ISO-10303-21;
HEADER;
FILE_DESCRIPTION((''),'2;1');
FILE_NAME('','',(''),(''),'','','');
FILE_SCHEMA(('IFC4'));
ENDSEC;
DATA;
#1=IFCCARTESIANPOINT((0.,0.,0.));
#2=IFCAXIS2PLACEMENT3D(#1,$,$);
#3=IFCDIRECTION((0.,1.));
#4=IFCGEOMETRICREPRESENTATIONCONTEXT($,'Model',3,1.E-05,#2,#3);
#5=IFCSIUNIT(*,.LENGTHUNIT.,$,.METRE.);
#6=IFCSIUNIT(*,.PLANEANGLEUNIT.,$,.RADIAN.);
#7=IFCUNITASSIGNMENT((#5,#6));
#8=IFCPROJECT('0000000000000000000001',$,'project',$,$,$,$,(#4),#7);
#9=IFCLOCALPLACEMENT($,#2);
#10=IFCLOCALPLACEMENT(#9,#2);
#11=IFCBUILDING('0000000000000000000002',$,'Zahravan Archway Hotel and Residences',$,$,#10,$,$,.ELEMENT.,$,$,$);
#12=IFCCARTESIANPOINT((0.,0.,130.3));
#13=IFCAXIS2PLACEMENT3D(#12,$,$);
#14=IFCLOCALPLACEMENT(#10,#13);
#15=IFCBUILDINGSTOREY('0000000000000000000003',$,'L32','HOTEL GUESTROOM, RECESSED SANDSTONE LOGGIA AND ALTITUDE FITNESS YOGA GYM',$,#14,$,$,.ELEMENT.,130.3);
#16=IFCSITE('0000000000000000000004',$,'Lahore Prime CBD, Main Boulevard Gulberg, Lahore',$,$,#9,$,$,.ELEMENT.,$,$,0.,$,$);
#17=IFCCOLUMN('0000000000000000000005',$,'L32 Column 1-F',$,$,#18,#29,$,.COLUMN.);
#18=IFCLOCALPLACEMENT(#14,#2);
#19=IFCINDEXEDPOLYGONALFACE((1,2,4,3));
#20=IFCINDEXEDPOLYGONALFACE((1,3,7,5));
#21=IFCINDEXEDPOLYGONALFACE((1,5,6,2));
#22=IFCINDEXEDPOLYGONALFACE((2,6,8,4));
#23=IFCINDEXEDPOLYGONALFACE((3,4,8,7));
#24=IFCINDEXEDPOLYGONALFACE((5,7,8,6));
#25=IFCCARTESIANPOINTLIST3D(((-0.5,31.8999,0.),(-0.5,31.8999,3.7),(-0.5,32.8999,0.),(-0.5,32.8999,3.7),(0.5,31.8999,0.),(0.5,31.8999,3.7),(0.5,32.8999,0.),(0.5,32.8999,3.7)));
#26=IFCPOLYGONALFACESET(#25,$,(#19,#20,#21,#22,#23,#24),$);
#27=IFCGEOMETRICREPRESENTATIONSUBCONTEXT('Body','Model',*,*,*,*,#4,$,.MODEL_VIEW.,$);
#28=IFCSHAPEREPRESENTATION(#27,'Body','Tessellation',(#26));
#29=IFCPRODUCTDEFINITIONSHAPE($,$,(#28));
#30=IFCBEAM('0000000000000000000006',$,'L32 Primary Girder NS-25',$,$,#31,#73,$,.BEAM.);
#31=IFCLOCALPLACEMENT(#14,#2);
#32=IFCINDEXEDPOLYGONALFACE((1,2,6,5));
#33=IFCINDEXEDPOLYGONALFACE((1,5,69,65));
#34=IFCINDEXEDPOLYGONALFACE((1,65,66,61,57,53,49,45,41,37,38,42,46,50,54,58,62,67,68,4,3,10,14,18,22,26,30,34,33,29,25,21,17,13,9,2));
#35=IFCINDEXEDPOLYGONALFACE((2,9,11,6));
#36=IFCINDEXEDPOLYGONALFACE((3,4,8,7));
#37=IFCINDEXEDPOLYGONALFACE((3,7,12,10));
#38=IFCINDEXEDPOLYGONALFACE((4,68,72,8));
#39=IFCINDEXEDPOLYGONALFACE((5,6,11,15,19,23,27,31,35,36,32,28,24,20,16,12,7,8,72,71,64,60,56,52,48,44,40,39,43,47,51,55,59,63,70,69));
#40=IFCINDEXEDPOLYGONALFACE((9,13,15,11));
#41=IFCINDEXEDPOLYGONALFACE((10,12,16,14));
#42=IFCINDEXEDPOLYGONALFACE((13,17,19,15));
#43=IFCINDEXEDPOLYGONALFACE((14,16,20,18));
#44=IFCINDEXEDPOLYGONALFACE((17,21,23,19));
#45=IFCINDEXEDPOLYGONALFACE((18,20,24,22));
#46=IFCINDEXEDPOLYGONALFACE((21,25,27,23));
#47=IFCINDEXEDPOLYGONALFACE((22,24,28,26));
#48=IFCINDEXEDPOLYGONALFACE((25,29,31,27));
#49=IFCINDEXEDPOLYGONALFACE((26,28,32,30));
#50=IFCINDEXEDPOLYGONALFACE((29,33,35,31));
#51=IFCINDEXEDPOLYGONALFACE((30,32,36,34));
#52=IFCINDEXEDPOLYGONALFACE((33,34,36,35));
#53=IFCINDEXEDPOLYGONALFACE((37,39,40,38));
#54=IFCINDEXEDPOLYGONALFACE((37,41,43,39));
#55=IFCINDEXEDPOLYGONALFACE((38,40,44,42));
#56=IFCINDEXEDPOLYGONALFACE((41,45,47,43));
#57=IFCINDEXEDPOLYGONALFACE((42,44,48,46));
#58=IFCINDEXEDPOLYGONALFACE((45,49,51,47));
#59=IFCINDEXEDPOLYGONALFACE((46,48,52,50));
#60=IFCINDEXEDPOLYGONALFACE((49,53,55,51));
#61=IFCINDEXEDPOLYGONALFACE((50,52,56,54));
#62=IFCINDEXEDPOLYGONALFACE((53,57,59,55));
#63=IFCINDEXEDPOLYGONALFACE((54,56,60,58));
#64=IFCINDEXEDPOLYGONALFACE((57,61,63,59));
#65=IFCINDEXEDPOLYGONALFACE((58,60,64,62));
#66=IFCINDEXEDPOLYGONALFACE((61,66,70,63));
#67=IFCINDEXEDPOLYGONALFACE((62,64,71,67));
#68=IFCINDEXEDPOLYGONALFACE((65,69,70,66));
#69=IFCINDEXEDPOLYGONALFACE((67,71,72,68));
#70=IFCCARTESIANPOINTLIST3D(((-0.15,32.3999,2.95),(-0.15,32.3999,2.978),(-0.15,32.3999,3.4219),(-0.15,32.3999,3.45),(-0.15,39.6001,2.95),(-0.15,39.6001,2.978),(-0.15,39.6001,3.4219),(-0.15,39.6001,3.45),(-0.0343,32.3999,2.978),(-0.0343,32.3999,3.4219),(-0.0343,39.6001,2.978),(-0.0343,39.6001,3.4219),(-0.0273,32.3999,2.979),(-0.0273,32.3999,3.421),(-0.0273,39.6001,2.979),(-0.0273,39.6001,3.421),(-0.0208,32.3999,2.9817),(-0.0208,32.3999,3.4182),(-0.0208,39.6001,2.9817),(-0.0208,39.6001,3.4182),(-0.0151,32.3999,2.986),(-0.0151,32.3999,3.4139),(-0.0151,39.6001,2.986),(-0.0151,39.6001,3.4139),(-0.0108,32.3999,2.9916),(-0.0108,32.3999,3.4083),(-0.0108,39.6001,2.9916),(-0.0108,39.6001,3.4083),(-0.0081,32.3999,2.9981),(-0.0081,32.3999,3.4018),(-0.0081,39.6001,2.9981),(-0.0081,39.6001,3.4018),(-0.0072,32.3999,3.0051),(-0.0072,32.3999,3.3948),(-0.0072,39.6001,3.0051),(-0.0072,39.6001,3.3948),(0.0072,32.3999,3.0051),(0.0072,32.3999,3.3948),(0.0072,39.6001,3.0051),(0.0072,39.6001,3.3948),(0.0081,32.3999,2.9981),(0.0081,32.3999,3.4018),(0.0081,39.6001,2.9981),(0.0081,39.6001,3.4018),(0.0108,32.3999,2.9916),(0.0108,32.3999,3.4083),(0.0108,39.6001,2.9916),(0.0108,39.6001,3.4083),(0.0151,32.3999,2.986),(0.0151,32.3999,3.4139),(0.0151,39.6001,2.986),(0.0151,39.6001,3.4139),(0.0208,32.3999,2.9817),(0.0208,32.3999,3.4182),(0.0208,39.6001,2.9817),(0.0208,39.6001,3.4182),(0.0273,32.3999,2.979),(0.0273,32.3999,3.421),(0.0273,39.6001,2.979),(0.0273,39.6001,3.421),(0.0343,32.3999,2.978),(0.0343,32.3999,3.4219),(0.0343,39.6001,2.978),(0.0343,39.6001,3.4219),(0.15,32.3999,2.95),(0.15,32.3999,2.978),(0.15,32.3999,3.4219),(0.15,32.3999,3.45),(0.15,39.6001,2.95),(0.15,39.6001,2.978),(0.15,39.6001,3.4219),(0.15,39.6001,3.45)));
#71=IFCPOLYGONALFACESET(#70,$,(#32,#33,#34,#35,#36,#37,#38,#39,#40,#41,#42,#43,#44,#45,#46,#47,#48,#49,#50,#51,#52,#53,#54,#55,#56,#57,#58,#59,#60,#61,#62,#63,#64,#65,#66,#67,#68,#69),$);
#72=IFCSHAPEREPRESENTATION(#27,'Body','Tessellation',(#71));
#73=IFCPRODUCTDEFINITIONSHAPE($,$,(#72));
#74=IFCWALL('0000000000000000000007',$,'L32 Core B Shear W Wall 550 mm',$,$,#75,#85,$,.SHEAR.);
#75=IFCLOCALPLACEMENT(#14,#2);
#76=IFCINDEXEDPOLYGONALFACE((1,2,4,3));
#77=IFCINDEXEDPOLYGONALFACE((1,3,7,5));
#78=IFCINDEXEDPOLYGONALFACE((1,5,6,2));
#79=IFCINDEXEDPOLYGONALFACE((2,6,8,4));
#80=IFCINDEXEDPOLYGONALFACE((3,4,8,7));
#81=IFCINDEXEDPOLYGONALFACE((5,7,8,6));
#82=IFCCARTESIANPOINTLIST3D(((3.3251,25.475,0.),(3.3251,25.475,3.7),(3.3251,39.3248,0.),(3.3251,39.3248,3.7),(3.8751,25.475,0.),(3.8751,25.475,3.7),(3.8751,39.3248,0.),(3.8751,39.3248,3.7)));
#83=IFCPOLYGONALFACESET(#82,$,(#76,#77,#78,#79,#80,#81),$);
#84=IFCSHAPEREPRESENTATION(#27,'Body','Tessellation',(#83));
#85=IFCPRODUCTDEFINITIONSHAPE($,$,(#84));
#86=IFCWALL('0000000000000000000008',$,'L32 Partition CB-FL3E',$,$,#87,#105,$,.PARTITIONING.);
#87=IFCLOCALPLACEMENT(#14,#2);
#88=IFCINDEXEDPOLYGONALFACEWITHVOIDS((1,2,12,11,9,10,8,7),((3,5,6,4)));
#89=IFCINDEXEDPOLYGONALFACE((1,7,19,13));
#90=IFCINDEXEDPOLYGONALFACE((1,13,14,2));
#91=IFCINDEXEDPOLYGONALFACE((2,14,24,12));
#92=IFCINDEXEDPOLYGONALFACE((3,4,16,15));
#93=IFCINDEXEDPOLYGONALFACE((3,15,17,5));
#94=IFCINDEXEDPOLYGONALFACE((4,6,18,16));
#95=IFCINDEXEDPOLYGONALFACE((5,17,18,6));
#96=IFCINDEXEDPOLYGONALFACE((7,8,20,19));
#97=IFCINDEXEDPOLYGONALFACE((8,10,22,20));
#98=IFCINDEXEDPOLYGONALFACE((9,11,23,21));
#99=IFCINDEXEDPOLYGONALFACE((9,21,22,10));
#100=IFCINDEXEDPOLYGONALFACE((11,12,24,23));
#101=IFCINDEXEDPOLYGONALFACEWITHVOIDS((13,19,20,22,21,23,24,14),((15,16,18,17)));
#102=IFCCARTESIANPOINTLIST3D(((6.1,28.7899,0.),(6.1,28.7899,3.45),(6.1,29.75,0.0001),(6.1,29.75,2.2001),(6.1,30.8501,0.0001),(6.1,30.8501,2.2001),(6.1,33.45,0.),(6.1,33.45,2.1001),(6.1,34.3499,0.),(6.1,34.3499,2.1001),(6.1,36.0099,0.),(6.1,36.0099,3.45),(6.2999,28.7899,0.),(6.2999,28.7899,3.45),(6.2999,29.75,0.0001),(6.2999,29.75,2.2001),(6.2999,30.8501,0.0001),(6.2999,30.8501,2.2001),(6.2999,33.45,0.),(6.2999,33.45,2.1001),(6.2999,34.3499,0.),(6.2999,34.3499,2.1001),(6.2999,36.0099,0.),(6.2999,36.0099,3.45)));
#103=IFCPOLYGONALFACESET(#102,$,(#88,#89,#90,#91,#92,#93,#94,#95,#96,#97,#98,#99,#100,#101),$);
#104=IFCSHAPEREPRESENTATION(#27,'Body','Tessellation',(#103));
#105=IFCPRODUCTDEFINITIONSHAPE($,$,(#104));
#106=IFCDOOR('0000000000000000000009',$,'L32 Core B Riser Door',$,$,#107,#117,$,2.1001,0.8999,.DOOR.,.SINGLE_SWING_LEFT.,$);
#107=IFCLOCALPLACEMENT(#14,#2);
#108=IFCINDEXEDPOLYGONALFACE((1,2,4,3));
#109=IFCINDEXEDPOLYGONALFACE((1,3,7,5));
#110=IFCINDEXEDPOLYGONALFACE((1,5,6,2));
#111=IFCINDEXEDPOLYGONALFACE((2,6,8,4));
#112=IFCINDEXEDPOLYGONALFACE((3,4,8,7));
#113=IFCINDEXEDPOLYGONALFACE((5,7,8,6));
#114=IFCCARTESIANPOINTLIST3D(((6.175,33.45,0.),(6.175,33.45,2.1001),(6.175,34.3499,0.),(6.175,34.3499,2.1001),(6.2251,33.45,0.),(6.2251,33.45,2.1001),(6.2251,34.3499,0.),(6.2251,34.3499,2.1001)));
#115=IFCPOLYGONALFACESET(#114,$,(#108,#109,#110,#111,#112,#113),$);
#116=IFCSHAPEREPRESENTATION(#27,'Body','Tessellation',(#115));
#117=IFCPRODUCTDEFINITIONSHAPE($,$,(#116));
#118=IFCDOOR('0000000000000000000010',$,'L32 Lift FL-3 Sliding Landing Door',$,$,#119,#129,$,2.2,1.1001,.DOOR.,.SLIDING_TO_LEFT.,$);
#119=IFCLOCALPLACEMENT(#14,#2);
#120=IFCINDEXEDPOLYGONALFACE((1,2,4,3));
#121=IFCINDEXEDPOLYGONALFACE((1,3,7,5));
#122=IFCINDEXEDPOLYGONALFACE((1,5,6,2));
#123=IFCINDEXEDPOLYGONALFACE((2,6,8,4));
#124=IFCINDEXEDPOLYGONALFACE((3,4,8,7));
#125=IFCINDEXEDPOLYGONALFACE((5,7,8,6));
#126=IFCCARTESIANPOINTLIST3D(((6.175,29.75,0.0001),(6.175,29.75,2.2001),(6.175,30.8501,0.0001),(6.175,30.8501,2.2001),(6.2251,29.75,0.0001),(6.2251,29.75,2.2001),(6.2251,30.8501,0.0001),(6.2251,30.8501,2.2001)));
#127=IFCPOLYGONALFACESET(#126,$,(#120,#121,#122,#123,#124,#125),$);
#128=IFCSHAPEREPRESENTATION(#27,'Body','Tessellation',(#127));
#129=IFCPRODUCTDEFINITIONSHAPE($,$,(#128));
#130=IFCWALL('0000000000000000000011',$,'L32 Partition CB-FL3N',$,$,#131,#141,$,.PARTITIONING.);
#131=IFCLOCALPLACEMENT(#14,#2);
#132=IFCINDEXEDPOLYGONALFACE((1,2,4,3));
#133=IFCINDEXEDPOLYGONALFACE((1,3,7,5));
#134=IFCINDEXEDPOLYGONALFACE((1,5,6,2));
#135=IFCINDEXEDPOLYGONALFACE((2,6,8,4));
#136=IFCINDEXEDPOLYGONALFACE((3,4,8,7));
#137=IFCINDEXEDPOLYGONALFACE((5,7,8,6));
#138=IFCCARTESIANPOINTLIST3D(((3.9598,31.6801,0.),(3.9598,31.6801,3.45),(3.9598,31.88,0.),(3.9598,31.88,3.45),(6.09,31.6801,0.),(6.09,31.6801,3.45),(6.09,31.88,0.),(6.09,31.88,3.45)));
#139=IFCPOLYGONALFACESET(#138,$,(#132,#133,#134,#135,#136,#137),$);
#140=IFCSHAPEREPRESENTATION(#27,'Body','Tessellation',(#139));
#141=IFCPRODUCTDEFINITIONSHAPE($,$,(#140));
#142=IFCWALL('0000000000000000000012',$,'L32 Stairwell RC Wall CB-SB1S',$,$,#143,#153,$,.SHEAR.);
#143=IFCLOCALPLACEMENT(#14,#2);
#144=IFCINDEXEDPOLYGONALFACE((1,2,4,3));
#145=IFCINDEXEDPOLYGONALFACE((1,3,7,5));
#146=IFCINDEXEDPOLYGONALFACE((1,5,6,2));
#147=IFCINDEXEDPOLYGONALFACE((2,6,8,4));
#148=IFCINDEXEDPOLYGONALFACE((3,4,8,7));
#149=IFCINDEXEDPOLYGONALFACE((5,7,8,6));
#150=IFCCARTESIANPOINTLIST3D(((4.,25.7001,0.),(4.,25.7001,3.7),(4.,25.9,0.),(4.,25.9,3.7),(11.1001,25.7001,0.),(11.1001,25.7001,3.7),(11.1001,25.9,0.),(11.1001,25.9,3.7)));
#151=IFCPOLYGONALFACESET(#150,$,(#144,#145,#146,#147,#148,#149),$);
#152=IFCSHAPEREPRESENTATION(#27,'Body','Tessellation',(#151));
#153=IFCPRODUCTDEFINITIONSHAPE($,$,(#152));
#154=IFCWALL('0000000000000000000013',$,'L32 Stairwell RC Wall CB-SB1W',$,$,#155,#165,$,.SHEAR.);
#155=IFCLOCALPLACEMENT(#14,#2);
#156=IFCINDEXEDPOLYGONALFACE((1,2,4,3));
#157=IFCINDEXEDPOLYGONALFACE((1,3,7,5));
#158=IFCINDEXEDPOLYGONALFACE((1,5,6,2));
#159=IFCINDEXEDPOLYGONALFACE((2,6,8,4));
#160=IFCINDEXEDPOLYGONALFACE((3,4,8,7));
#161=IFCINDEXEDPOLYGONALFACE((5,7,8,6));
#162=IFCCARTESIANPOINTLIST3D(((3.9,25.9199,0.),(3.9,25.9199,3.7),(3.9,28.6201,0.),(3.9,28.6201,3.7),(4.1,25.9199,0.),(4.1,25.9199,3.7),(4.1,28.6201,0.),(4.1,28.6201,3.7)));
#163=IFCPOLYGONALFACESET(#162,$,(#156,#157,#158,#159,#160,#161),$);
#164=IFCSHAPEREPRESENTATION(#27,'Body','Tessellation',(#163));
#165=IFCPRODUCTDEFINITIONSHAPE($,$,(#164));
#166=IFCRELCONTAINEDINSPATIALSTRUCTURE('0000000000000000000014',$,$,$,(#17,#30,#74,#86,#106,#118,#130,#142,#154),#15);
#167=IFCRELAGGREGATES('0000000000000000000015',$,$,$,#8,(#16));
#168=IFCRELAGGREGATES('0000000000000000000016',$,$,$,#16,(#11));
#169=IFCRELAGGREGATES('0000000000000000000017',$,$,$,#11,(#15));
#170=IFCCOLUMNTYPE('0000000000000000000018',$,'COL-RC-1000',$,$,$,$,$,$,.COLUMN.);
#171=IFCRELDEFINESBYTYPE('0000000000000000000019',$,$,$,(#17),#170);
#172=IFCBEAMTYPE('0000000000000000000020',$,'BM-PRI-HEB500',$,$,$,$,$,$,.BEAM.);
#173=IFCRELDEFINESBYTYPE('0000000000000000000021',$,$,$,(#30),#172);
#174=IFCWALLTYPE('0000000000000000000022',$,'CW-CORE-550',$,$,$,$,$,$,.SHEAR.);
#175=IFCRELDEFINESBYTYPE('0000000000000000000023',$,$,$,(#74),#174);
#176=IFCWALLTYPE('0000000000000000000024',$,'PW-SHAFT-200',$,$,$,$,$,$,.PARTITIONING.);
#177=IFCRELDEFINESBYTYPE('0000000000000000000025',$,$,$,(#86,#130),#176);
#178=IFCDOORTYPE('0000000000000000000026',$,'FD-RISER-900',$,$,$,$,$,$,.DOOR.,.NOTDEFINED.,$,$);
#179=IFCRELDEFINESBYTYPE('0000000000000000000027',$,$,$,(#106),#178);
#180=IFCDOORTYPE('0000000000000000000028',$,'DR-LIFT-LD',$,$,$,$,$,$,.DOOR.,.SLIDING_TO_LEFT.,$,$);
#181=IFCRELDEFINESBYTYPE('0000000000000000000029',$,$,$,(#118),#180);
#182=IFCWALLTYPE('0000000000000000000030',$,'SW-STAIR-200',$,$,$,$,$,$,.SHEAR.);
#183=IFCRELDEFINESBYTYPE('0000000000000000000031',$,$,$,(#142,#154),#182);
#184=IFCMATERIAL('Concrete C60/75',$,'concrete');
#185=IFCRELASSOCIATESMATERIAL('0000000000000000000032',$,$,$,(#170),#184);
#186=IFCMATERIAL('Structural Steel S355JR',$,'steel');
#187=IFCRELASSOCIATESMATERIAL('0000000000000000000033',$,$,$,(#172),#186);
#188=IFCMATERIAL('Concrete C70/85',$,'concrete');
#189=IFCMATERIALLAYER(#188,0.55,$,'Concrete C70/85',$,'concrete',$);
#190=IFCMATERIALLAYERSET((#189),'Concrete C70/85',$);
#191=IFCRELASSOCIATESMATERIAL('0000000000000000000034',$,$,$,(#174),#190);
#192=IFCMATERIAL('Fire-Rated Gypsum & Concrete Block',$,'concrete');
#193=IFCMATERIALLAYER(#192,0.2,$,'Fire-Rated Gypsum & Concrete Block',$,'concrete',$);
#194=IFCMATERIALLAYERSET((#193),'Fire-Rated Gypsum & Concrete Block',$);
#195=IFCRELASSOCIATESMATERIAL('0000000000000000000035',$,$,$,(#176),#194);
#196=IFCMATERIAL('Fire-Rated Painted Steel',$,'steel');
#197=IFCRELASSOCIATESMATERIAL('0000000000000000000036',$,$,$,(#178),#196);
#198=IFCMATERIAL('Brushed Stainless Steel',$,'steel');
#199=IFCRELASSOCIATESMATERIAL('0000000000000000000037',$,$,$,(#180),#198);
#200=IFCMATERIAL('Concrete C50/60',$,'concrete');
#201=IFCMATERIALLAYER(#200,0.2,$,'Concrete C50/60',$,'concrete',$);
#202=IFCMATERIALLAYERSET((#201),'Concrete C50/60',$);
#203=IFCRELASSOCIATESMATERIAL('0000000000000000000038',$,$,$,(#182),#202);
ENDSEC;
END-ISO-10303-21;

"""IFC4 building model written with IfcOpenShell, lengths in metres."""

from ifc_helpers import new_model, si_unit, direction, frame, frame_2d, origin, origin_2d, place, context, subcontext, project, spatial, rectangle, i_section, extrude, source, transform, mapped, material, layer, layer_set, material_profile, profile_set, type_object, type_shapes, element, fill, save


model = new_model("IFC4")

# Units and contexts
model_context = context("Model", 3, precision=1e-05, world=origin(), true_north=direction((0.0, 1.0)))
body_context = subcontext(model_context, "Body", "Model", "MODEL_VIEW")
ifc_project = project(units=[si_unit("LENGTHUNIT", "METRE"), si_unit("PLANEANGLEUNIT", "RADIAN")], contexts=[model_context])

# Site, building, storey
site_placement = place(None, origin())
site = spatial("IfcSite", under=ifc_project, at=site_placement, Name="Lahore Prime CBD, Main Boulevard Gulberg, Lahore", CompositionType="ELEMENT", RefElevation=0.0)
building_placement = place(site_placement, origin())
building = spatial("IfcBuilding", under=site, at=building_placement, Name="Zahravan Archway Hotel and Residences", CompositionType="ELEMENT")
storey_placement = place(building_placement, frame((0.0, 0.0, 130.3)))
storey = spatial("IfcBuildingStorey", under=building, at=storey_placement, Name="L32", Description="HOTEL GUESTROOM, RECESSED SANDSTONE LOGGIA AND ALTITUDE FITNESS YOGA GYM", CompositionType="ELEMENT", Elevation=130.3)

# Column
ifc_material_1 = material(Name="Concrete C60/75", Category="concrete")
ifc_material_profile_1 = material_profile(ifc_material_1, rectangle(XDim=1.0, YDim=1.0, at=origin_2d()), Name="RC-COL-1000x1000", Category="concrete")
ifc_profile_set_1 = profile_set([ifc_material_profile_1], Name="Concrete C60/75")
column_type = type_object("IfcColumnType", Name="COL-RC-1000", PredefinedType="COLUMN", material=ifc_profile_set_1)
shared_shape_1 = source(origin(), body_context, "Body", "SweptSolid", [
    extrude(rectangle(XDim=1.0, YDim=1.0, at=origin_2d()), origin(), (0.0, 0.0, 1.0), 3.7),
])
type_shapes(column_type, [shared_shape_1])
column_placement = place(storey_placement, frame((0.0, 32.3999, 0.0), z_axis=(0.0, 0.0, 1.0), x_axis=(1.0, 0.0, 0.0)))
element("IfcColumn", 1, at=column_placement, inside=storey, type_object=column_type, Name="L32 Column 1-F", PredefinedType="COLUMN", context=body_context, shape_type="MappedRepresentation", body=[
    mapped(shared_shape_1, transform((0.0, 0.0, 0.0), scale=1.0)),
])

# Beam
ifc_material_2 = material(Name="Structural Steel S355JR", Category="steel")
ifc_material_profile_2 = material_profile(ifc_material_2, i_section(OverallWidth=0.3, OverallDepth=0.5, WebThickness=0.0144, FlangeThickness=0.0281, FilletRadius=0.0271, at=origin_2d()), Name="HEB 500", Category="steel")
ifc_profile_set_2 = profile_set([ifc_material_profile_2], Name="Structural Steel S355JR")
beam_type = type_object("IfcBeamType", Name="BM-PRI-HEB500", PredefinedType="BEAM", material=ifc_profile_set_2)
shared_shape_2 = source(origin(), body_context, "Body", "SweptSolid", [
    extrude(i_section(OverallWidth=0.3, OverallDepth=0.5, WebThickness=0.0144, FlangeThickness=0.0281, FilletRadius=0.0271, at=origin_2d()), origin(), (0.0, 0.0, 1.0), 7.2002),
])
type_shapes(beam_type, [shared_shape_2])
beam_placement = place(storey_placement, frame((0.0, 32.3999, 3.2), z_axis=(0.0, 1.0, 0.0), x_axis=(-1.0, 0.0, 0.0)))
element("IfcBeam", 2, at=beam_placement, inside=storey, type_object=beam_type, Name="L32 Primary Girder NS-25", PredefinedType="BEAM", context=body_context, shape_type="MappedRepresentation", body=[
    mapped(shared_shape_2, transform((0.0, 0.0, 0.0), scale=1.0)),
])

# Wall
ifc_material_3 = material(Name="Concrete C70/85", Category="concrete")
ifc_layer_1 = layer(ifc_material_3, 0.55, Name="Concrete C70/85", Category="concrete")
ifc_layer_set_1 = layer_set([ifc_layer_1], Name="Concrete C70/85")
wall_type_1 = type_object("IfcWallType", Name="CW-CORE-550", PredefinedType="SHEAR", material=ifc_layer_set_1)
wall_1_placement = place(storey_placement, frame((3.6001, 25.4751, 0.0), z_axis=(0.0, 0.0, 1.0), x_axis=(0.0, 1.0, 0.0)))
element("IfcWall", 3, at=wall_1_placement, inside=storey, type_object=wall_type_1, Name="L32 Core B Shear W Wall 550 mm", PredefinedType="SHEAR", context=body_context, shape_type="SweptSolid", body=[
    extrude(rectangle(XDim=13.8499, YDim=0.55, at=frame_2d((6.9248, 0.0))), origin(), (0.0, 0.0, 1.0), 3.7),
])

# Wall, openings, doors
ifc_material_4 = material(Name="Fire-Rated Gypsum & Concrete Block", Category="concrete")
ifc_layer_2 = layer(ifc_material_4, 0.2, Name="Fire-Rated Gypsum & Concrete Block", Category="concrete")
ifc_layer_set_2 = layer_set([ifc_layer_2], Name="Fire-Rated Gypsum & Concrete Block")
wall_type_2 = type_object("IfcWallType", Name="PW-SHAFT-200", PredefinedType="PARTITIONING", material=ifc_layer_set_2)
wall_2_placement = place(storey_placement, frame((6.2, 28.79, 0.0), z_axis=(0.0, 0.0, 1.0), x_axis=(0.0, 1.0, 0.0)))
wall_2 = element("IfcWall", 4, at=wall_2_placement, inside=storey, type_object=wall_type_2, Name="L32 Partition CB-FL3E", PredefinedType="PARTITIONING", context=body_context, shape_type="SweptSolid", body=[
    extrude(rectangle(XDim=7.22, YDim=0.2, at=frame_2d((3.6099, 0.0))), origin(), (0.0, 0.0, 1.0), 3.45),
])
opening_1_placement = place(wall_2_placement, frame((4.6599, 0.0, 0.0)))
opening_1 = element("IfcOpeningElement", 5, at=opening_1_placement, cuts=wall_2, PredefinedType="OPENING", context=body_context, shape_type="SweptSolid", body=[
    extrude(rectangle(XDim=0.8999, YDim=2.1001, at=frame_2d((0.45, 1.05))), frame((0.0, 0.1099, 0.0), z_axis=(0.0, -1.0, 0.0), x_axis=(1.0, 0.0, 0.0)), (0.0, 0.0, 1.0), 0.22),
])
opening_2_placement = place(wall_2_placement, frame((0.96, 0.0, 0.0)))
opening_2 = element("IfcOpeningElement", 6, at=opening_2_placement, cuts=wall_2, PredefinedType="OPENING", context=body_context, shape_type="SweptSolid", body=[
    extrude(rectangle(XDim=1.1001, YDim=2.2, at=frame_2d((0.55, 1.1001))), frame((0.0, 0.1099, 0.0), z_axis=(0.0, -1.0, 0.0), x_axis=(1.0, 0.0, 0.0)), (0.0, 0.0, 1.0), 0.22),
])
ifc_material_5 = material(Name="Fire-Rated Painted Steel", Category="steel")
door_type_1 = type_object("IfcDoorType", Name="FD-RISER-900", OperationType="NOTDEFINED", PredefinedType="DOOR", material=ifc_material_5)
shared_shape_3 = source(origin(), body_context, "Body", "SweptSolid", [
    extrude(rectangle(XDim=0.8999, YDim=2.1001, at=frame_2d((0.45, 1.05))), frame((0.0, 0.0249, 0.0), z_axis=(0.0, -1.0, 0.0), x_axis=(1.0, 0.0, 0.0)), (0.0, 0.0, 1.0), 0.05),
])
type_shapes(door_type_1, [shared_shape_3])
door_1_placement = place(opening_1_placement, origin())
door_1 = element("IfcDoor", 7, at=door_1_placement, inside=storey, type_object=door_type_1, Name="L32 Core B Riser Door", OperationType="SINGLE_SWING_LEFT", OverallHeight=2.1001, OverallWidth=0.8999, PredefinedType="DOOR", context=body_context, shape_type="MappedRepresentation", body=[
    mapped(shared_shape_3, transform((0.0, 0.0, 0.0), scale=1.0)),
])
fill(opening_1, door_1)
ifc_material_6 = material(Name="Brushed Stainless Steel", Category="steel")
door_type_2 = type_object("IfcDoorType", Name="DR-LIFT-LD", OperationType="SLIDING_TO_LEFT", PredefinedType="DOOR", material=ifc_material_6)
shared_shape_4 = source(origin(), body_context, "Body", "SweptSolid", [
    extrude(rectangle(XDim=1.1001, YDim=2.2, at=frame_2d((0.55, 1.1001))), frame((0.0, 0.0249, 0.0), z_axis=(0.0, -1.0, 0.0), x_axis=(1.0, 0.0, 0.0)), (0.0, 0.0, 1.0), 0.05),
])
type_shapes(door_type_2, [shared_shape_4])
door_2_placement = place(opening_2_placement, origin())
door_2 = element("IfcDoor", 8, at=door_2_placement, inside=storey, type_object=door_type_2, Name="L32 Lift FL-3 Sliding Landing Door", OperationType="SLIDING_TO_LEFT", OverallHeight=2.2, OverallWidth=1.1001, PredefinedType="DOOR", context=body_context, shape_type="MappedRepresentation", body=[
    mapped(shared_shape_4, transform((0.0, 0.0, 0.0), scale=1.0)),
])
fill(opening_2, door_2)

# Walls
wall_3_placement = place(storey_placement, frame((3.96, 31.78, 0.0), z_axis=(0.0, 0.0, 1.0), x_axis=(1.0, 0.0, 0.0)))
element("IfcWall", 9, at=wall_3_placement, inside=storey, type_object=wall_type_2, Name="L32 Partition CB-FL3N", PredefinedType="PARTITIONING", context=body_context, shape_type="SweptSolid", body=[
    extrude(rectangle(XDim=2.1301, YDim=0.2, at=frame_2d((1.0649, 0.0))), origin(), (0.0, 0.0, 1.0), 3.45),
])
ifc_material_7 = material(Name="Concrete C50/60", Category="concrete")
ifc_layer_3 = layer(ifc_material_7, 0.2, Name="Concrete C50/60", Category="concrete")
ifc_layer_set_3 = layer_set([ifc_layer_3], Name="Concrete C50/60")
wall_type_3 = type_object("IfcWallType", Name="SW-STAIR-200", PredefinedType="SHEAR", material=ifc_layer_set_3)
wall_4_placement = place(storey_placement, frame((4.0, 25.8, 0.0), z_axis=(0.0, 0.0, 1.0), x_axis=(1.0, 0.0, 0.0)))
element("IfcWall", 10, at=wall_4_placement, inside=storey, type_object=wall_type_3, Name="L32 Stairwell RC Wall CB-SB1S", PredefinedType="SHEAR", context=body_context, shape_type="SweptSolid", body=[
    extrude(rectangle(XDim=7.1001, YDim=0.2, at=frame_2d((3.55, 0.0))), origin(), (0.0, 0.0, 1.0), 3.7),
])
wall_5_placement = place(storey_placement, frame((4.0, 25.9199, 0.0), z_axis=(0.0, 0.0, 1.0), x_axis=(0.0, 1.0, 0.0)))
element("IfcWall", 11, at=wall_5_placement, inside=storey, type_object=wall_type_3, Name="L32 Stairwell RC Wall CB-SB1W", PredefinedType="SHEAR", context=body_context, shape_type="SweptSolid", body=[
    extrude(rectangle(XDim=2.7002, YDim=0.2, at=frame_2d((1.3501, 0.0))), origin(), (0.0, 0.0, 1.0), 3.7),
])

save(model, "model.ifc")
